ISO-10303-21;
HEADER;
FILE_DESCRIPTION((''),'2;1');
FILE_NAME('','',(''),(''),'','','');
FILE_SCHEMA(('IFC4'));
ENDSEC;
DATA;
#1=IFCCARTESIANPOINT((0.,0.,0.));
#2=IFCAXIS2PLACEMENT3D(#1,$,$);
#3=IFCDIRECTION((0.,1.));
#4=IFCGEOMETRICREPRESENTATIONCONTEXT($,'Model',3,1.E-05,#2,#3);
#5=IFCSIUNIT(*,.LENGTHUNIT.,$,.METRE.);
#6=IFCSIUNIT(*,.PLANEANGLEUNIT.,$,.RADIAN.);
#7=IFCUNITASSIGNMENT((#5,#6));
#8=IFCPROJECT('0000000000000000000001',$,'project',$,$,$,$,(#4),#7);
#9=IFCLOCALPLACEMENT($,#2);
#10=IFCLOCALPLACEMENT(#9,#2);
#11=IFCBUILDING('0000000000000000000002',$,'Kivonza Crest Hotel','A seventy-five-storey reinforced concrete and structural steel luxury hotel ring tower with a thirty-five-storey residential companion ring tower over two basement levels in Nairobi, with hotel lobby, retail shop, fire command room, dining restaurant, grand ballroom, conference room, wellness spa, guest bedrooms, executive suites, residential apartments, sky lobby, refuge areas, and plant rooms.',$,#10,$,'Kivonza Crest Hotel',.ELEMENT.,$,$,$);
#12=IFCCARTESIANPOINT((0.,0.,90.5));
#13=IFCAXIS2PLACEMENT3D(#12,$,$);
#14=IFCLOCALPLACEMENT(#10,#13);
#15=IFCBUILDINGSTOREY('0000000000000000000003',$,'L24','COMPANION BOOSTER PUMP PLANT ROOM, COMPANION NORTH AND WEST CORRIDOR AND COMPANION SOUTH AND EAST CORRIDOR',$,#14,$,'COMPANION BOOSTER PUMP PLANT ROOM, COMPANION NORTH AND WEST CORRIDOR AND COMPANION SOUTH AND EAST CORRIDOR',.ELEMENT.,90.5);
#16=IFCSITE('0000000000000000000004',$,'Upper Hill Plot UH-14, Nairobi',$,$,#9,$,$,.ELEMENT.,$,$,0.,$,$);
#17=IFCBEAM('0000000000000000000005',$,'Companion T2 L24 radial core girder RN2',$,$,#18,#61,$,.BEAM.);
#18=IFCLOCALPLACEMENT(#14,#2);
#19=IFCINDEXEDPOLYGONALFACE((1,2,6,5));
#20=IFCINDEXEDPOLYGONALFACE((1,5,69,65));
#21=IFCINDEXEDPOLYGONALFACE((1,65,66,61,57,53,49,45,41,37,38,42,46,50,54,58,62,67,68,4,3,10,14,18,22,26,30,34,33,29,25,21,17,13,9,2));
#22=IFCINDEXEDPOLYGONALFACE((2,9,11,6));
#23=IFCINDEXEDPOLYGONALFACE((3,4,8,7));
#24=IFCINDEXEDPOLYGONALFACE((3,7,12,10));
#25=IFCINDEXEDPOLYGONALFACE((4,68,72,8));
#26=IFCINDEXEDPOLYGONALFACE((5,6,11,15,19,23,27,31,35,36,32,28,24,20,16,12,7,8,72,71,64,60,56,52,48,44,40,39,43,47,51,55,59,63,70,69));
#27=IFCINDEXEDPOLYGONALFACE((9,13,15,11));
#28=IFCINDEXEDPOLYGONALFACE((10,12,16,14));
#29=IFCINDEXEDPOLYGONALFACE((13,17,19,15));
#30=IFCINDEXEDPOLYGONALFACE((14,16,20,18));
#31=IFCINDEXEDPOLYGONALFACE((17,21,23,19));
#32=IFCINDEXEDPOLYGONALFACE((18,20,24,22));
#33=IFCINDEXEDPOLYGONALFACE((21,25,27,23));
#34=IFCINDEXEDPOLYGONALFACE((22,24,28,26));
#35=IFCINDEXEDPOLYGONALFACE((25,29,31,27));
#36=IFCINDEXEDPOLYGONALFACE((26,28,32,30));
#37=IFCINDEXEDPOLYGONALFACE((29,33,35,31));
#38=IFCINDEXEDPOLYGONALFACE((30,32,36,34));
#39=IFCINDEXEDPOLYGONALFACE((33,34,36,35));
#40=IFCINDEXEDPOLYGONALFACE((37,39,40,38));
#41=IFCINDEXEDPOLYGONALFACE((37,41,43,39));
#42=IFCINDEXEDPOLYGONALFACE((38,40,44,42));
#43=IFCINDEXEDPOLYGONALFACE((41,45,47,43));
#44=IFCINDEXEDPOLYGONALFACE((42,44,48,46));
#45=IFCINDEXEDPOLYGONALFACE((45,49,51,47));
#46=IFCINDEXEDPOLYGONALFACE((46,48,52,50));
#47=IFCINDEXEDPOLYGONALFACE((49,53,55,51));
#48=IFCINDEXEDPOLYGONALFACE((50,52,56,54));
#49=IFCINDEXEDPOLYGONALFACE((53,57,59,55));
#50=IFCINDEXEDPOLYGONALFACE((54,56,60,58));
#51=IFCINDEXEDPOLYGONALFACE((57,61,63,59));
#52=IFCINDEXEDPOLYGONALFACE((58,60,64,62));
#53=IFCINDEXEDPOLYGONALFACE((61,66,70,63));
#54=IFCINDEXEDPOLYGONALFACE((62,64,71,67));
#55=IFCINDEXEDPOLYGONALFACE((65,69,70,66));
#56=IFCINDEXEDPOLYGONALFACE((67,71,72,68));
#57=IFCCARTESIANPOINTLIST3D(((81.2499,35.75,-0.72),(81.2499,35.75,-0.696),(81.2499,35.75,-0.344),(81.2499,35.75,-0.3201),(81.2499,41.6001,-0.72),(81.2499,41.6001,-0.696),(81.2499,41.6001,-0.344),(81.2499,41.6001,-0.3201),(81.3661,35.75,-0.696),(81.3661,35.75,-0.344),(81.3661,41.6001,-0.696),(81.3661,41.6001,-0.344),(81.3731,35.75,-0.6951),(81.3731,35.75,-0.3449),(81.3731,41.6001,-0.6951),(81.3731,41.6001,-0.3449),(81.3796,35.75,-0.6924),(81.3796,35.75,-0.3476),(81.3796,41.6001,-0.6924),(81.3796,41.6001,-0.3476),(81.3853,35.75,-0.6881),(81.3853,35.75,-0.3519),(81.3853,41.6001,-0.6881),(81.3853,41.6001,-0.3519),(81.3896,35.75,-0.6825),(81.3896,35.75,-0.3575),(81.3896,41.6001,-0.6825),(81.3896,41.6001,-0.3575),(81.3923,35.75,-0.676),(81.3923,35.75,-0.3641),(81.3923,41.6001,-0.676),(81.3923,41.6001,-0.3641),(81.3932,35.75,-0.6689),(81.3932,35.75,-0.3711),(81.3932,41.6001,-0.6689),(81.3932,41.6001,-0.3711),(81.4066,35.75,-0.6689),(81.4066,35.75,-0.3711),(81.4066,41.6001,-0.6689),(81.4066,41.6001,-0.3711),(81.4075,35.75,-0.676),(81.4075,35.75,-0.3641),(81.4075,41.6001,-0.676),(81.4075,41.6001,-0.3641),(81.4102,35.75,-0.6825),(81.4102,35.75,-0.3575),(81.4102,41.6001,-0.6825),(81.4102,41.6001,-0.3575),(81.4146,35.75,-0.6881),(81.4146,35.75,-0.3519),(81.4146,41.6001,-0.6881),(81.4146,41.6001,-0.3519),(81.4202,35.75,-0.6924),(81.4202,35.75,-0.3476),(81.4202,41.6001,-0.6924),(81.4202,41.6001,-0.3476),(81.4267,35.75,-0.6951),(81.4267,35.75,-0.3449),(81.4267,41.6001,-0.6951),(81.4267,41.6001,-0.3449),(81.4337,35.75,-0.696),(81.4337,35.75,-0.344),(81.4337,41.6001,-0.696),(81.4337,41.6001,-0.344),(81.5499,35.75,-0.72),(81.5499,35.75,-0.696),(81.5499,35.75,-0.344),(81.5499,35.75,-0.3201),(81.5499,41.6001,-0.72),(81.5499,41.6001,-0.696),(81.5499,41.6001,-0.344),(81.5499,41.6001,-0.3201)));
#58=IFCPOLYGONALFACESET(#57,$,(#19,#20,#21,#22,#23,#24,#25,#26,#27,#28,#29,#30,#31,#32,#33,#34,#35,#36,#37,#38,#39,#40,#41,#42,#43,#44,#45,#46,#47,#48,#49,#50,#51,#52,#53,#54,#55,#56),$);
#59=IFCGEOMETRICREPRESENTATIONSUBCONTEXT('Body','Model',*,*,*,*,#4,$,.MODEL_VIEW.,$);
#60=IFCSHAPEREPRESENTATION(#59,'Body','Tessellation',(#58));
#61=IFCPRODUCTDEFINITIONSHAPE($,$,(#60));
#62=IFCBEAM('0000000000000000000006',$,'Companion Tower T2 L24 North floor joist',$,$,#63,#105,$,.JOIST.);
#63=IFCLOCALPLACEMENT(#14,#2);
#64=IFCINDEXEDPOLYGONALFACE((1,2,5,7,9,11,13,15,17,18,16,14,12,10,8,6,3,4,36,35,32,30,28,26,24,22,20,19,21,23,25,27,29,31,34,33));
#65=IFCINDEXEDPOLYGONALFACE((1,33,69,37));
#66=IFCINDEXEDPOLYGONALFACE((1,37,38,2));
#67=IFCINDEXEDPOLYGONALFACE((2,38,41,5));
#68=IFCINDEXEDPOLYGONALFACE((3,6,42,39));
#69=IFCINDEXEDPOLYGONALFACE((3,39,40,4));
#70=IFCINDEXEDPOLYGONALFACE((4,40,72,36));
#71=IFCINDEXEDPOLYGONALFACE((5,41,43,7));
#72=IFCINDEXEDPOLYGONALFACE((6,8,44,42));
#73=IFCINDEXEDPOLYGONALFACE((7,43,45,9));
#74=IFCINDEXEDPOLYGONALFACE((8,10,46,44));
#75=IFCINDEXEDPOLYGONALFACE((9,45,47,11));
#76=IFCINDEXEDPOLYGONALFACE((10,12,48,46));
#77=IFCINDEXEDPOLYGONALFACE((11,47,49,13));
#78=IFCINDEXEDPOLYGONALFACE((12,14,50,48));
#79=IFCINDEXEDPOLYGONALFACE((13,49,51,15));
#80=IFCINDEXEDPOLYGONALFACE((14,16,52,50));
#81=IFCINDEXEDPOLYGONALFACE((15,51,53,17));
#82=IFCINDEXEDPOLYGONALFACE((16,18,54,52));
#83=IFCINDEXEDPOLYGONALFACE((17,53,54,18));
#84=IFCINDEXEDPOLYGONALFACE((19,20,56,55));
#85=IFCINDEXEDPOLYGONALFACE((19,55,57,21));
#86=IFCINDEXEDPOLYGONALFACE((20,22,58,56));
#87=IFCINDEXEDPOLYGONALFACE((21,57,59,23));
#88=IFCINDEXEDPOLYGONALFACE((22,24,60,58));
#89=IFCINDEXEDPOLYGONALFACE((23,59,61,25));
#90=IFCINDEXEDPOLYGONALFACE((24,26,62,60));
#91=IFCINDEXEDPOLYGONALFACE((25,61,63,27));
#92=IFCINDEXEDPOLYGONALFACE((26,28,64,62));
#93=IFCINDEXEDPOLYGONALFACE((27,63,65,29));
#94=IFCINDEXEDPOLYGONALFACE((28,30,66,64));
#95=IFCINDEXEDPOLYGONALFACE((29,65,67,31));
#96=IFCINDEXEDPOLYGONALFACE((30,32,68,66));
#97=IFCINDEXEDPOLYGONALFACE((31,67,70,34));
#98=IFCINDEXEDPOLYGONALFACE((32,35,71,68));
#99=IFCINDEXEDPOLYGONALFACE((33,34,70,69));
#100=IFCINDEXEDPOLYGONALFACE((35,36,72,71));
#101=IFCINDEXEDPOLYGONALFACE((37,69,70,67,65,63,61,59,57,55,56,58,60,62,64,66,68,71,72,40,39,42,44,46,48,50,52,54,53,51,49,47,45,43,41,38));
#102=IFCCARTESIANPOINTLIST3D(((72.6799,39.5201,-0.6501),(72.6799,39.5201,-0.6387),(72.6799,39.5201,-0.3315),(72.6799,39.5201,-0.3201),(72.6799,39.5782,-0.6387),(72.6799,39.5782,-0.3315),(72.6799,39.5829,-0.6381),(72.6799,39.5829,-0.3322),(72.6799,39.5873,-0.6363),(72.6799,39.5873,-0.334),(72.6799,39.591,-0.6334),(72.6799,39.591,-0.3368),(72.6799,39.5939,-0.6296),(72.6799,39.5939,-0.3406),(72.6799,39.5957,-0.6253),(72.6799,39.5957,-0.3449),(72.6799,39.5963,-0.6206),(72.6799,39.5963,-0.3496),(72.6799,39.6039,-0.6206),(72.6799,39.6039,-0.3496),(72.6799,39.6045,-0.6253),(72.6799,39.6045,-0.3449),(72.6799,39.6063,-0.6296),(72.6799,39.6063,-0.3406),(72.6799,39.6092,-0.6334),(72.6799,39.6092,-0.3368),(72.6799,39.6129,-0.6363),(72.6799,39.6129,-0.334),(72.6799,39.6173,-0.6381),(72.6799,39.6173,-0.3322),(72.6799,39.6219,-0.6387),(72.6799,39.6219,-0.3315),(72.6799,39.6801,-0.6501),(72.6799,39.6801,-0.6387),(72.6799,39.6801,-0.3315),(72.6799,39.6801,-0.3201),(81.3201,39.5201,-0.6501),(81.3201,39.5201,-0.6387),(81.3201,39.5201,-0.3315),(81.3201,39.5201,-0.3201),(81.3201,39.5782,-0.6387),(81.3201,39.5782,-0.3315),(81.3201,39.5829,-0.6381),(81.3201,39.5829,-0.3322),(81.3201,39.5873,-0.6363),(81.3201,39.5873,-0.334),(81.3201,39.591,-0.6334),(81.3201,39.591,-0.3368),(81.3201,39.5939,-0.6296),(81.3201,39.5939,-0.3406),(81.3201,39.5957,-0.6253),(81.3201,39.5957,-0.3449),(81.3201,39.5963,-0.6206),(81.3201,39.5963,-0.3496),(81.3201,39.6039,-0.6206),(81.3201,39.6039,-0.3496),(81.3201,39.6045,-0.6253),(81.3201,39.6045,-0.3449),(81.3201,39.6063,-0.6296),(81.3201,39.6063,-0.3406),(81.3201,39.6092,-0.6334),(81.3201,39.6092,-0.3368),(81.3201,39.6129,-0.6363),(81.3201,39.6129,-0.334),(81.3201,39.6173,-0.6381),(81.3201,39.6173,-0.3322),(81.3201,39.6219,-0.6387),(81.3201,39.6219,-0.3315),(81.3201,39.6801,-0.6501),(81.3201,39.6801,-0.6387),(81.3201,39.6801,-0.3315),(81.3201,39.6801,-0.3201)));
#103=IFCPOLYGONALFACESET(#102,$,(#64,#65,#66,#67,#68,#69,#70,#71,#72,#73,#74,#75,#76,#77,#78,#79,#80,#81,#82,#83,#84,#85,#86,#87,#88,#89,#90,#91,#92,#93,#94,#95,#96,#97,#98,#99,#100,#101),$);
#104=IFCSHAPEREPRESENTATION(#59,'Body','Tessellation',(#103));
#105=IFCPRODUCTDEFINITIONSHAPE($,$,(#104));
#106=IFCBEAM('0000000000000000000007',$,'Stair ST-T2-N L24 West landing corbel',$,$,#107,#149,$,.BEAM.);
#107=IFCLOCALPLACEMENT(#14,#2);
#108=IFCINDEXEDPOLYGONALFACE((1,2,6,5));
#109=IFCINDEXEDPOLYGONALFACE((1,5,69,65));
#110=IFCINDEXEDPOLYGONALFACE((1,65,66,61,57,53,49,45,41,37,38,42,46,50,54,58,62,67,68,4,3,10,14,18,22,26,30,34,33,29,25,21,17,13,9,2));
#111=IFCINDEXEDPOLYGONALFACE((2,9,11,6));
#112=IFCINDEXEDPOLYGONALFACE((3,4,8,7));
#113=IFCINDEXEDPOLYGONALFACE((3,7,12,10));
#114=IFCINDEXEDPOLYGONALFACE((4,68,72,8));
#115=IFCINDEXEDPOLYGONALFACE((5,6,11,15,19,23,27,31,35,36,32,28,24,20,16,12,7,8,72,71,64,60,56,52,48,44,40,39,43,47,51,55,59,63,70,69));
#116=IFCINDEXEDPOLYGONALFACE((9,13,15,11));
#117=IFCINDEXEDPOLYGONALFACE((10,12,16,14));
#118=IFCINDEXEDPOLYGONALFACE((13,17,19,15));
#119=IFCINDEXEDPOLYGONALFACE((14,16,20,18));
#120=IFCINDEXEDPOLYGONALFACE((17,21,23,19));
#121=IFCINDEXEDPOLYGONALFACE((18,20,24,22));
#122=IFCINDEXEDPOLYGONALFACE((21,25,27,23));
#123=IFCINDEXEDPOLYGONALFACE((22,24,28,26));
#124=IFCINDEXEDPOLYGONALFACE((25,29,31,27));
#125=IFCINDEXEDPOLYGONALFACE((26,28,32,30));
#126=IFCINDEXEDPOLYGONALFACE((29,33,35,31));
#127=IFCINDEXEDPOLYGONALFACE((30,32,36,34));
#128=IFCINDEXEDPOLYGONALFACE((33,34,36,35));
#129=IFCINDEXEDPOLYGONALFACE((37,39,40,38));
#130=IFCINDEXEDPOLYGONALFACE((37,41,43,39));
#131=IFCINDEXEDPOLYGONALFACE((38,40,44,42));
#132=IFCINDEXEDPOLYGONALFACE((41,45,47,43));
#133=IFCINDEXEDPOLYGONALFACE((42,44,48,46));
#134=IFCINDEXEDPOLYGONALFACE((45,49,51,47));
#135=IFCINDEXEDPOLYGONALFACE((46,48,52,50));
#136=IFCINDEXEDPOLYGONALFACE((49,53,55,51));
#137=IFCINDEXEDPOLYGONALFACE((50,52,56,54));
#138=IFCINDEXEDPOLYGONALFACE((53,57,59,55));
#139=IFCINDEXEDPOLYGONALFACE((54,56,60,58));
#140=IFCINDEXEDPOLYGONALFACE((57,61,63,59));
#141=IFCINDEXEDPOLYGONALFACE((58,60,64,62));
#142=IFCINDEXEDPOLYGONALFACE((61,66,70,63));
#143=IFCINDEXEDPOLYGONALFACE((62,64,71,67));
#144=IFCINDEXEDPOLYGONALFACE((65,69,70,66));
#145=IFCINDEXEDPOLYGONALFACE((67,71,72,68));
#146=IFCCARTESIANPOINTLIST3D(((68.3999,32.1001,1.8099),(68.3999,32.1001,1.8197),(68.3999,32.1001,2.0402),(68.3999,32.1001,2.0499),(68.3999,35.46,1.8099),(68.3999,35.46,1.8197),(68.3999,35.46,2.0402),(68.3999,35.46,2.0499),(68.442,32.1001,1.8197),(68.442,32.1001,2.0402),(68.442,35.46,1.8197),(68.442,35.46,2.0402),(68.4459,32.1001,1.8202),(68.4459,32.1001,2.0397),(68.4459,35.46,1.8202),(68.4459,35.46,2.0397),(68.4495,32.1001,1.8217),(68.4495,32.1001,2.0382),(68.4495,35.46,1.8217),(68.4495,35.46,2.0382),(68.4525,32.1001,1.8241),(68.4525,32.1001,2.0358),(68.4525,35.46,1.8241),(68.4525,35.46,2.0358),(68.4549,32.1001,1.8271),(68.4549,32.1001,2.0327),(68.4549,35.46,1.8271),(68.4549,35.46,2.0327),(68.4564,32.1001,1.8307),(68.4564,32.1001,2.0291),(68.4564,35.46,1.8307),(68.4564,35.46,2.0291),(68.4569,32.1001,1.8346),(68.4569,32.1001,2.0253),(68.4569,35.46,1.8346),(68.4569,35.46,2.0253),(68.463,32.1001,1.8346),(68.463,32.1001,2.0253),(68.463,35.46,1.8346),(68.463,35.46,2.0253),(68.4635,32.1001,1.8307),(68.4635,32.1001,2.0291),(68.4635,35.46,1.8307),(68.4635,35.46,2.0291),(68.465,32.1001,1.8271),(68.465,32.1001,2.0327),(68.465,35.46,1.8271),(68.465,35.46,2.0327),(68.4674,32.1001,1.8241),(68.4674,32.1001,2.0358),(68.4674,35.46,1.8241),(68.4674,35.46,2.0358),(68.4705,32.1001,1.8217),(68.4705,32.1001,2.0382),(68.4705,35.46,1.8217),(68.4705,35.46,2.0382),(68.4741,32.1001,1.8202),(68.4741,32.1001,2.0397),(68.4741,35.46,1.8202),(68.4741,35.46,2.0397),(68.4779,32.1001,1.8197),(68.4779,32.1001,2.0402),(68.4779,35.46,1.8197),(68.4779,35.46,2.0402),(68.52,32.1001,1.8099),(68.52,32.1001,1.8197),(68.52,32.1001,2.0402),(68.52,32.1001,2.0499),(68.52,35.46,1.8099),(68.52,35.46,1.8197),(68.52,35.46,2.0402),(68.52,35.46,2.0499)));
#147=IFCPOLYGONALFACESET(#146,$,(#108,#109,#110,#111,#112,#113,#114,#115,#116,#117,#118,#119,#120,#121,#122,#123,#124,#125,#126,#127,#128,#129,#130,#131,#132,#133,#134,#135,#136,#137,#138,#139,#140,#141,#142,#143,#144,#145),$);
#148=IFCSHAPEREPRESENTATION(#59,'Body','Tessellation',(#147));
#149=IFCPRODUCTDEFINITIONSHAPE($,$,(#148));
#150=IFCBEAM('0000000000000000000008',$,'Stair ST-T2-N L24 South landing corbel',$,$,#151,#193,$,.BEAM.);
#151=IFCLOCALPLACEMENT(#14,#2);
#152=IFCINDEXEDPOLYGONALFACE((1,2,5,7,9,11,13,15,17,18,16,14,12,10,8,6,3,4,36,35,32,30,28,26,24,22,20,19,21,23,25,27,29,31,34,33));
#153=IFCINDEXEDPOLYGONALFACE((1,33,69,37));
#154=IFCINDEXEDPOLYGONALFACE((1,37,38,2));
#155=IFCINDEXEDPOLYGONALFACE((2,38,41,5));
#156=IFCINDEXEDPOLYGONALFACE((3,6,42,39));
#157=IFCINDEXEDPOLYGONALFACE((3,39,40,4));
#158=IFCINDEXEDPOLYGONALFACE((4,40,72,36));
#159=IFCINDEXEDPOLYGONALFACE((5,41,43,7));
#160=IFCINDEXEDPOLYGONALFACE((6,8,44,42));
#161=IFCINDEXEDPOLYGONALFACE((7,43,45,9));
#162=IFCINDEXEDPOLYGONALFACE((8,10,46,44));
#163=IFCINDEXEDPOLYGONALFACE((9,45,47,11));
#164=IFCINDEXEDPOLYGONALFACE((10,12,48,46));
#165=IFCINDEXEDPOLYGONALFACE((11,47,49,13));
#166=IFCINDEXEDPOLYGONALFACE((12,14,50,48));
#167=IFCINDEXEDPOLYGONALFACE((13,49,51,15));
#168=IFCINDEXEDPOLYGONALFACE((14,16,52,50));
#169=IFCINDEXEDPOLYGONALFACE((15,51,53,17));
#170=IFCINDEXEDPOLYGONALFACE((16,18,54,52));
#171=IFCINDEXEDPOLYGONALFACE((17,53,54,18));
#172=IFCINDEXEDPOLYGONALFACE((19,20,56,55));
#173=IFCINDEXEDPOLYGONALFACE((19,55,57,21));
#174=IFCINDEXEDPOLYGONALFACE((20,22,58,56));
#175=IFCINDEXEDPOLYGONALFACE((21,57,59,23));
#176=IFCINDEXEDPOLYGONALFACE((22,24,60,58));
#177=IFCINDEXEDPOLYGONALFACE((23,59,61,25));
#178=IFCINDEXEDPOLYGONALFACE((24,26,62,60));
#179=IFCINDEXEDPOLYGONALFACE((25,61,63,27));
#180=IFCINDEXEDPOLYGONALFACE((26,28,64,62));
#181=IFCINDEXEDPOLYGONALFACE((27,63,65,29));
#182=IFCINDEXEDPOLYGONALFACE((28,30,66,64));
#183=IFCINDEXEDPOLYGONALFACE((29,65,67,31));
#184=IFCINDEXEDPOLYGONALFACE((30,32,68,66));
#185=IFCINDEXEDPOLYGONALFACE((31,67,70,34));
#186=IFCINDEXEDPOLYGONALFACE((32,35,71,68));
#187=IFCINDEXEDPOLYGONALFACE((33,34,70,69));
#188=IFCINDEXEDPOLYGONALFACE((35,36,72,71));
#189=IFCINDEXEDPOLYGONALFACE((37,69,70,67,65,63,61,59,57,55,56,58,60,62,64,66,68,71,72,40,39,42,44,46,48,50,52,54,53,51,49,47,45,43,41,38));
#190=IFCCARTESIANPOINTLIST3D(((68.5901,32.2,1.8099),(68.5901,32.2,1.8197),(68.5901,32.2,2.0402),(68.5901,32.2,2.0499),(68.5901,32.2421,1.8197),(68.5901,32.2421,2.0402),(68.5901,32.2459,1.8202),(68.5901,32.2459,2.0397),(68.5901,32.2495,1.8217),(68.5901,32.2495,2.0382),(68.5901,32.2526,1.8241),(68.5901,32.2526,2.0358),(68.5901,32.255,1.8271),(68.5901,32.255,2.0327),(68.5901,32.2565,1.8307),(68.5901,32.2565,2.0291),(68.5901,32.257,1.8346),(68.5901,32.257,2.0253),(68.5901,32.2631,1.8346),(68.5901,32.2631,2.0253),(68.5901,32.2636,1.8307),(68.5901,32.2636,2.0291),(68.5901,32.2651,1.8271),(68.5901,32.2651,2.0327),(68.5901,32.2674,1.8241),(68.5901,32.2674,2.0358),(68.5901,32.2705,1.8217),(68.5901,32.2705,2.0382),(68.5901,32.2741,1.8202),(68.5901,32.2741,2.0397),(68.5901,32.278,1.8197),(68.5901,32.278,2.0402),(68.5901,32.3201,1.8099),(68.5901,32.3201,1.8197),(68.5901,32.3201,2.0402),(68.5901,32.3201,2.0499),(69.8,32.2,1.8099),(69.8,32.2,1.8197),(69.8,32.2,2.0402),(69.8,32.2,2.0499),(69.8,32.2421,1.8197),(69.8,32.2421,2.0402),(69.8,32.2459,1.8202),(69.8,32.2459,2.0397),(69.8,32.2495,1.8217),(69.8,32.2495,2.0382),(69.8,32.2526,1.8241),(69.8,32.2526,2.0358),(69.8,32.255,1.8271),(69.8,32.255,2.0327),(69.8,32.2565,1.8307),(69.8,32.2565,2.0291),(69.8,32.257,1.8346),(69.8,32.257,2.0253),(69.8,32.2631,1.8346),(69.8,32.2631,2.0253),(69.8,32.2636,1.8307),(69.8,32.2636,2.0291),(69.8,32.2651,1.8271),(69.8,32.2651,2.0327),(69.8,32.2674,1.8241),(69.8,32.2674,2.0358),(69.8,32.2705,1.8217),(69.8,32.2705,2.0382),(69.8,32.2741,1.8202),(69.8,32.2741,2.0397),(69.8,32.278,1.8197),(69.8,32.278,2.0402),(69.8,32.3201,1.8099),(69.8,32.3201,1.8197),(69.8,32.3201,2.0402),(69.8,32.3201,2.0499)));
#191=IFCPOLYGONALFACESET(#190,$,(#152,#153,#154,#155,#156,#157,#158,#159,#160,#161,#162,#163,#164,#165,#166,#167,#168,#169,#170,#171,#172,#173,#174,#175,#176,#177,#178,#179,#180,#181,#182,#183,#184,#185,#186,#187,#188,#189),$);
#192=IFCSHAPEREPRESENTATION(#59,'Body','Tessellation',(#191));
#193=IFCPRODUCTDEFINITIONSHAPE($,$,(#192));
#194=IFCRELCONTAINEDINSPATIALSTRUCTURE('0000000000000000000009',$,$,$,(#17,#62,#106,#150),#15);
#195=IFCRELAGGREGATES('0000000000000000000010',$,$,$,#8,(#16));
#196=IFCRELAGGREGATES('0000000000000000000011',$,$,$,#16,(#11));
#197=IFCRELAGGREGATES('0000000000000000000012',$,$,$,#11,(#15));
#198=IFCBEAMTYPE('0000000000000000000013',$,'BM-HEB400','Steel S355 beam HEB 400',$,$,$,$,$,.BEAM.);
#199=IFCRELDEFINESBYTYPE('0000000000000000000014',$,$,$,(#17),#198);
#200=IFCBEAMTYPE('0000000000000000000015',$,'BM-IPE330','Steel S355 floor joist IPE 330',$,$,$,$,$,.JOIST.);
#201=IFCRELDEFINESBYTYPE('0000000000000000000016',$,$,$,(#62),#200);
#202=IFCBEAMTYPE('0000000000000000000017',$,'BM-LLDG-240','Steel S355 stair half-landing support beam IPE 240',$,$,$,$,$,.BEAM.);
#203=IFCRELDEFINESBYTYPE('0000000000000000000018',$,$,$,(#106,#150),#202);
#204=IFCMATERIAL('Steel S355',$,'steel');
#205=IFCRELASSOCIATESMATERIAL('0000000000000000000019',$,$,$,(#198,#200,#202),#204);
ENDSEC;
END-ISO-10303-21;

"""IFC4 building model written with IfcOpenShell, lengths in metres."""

from ifc_helpers import new_model, si_unit, direction, frame, origin, origin_2d, place, context, subcontext, project, spatial, i_section, extrude, material, material_profile, profile_set, type_object, element, save


model = new_model("IFC4")

# Units and contexts
model_context = context("Model", 3, precision=1e-05, world=origin(), true_north=direction((0.0, 1.0)))
body_context = subcontext(model_context, "Body", "Model", "MODEL_VIEW")
ifc_project = project(units=[si_unit("LENGTHUNIT", "METRE"), si_unit("PLANEANGLEUNIT", "RADIAN")], contexts=[model_context])

# Site, building, storey
site_placement = place(None, origin())
site = spatial("IfcSite", under=ifc_project, at=site_placement, Name="Upper Hill Plot UH-14, Nairobi", CompositionType="ELEMENT", RefElevation=0.0)
building_placement = place(site_placement, origin())
building = spatial("IfcBuilding", under=site, at=building_placement, Name="Kivonza Crest Hotel", Description="A seventy-five-storey reinforced concrete and structural steel luxury hotel ring tower with a thirty-five-storey residential companion ring tower over two basement levels in Nairobi, with hotel lobby, retail shop, fire command room, dining restaurant, grand ballroom, conference room, wellness spa, guest bedrooms, executive suites, residential apartments, sky lobby, refuge areas, and plant rooms.", LongName="Kivonza Crest Hotel", CompositionType="ELEMENT")
storey_placement = place(building_placement, frame((0.0, 0.0, 90.5)))
storey = spatial("IfcBuildingStorey", under=building, at=storey_placement, Name="L24", Description="COMPANION BOOSTER PUMP PLANT ROOM, COMPANION NORTH AND WEST CORRIDOR AND COMPANION SOUTH AND EAST CORRIDOR", LongName="COMPANION BOOSTER PUMP PLANT ROOM, COMPANION NORTH AND WEST CORRIDOR AND COMPANION SOUTH AND EAST CORRIDOR", CompositionType="ELEMENT", Elevation=90.5)

# Beams
ifc_material_1 = material(Name="Steel S355", Category="steel")
ifc_material_profile_1 = material_profile(ifc_material_1, i_section(OverallWidth=0.3, OverallDepth=0.3999, WebThickness=0.0134, FlangeThickness=0.0239, FilletRadius=0.0271, at=origin_2d()), Name="HEB 400")
ifc_profile_set_1 = profile_set([ifc_material_profile_1], Name="Steel S355")
beam_type_1 = type_object("IfcBeamType", Name="BM-HEB400", Description="Steel S355 beam HEB 400", PredefinedType="BEAM", material=ifc_profile_set_1)
for number, where, z_axis, x_axis, name in (
    (1, (81.3999, 41.6001, -0.52), (0.0, -1.0, 0.0), (1.0, 0.0, 0.0), "Companion T2 L24 radial core girder RN2"),
):
    element("IfcBeam", number, at=place(storey_placement, frame(where, z_axis=z_axis, x_axis=x_axis)), inside=storey, type_object=beam_type_1, Name=name, PredefinedType="BEAM", context=body_context, shape_type="SweptSolid", body=[
        extrude(i_section(OverallWidth=0.3, OverallDepth=0.3999, WebThickness=0.0134, FlangeThickness=0.0239, FilletRadius=0.0271, at=origin_2d()), origin(), (0.0, 0.0, 1.0), 5.8501),
    ])
ifc_material_profile_2 = material_profile(ifc_material_1, i_section(OverallWidth=0.1599, OverallDepth=0.3301, WebThickness=0.0076, FlangeThickness=0.0115, FilletRadius=0.0181, at=origin_2d()), Name="IPE 330")
ifc_profile_set_2 = profile_set([ifc_material_profile_2], Name="Steel S355")
beam_type_2 = type_object("IfcBeamType", Name="BM-IPE330", Description="Steel S355 floor joist IPE 330", PredefinedType="JOIST", material=ifc_profile_set_2)
beam_1_placement = place(storey_placement, frame((72.6799, 39.6001, -0.4851), z_axis=(1.0, 0.0, 0.0), x_axis=(0.0, 1.0, 0.0)))
element("IfcBeam", 2, at=beam_1_placement, inside=storey, type_object=beam_type_2, Name="Companion Tower T2 L24 North floor joist", PredefinedType="JOIST", context=body_context, shape_type="SweptSolid", body=[
    extrude(i_section(OverallWidth=0.1599, OverallDepth=0.3301, WebThickness=0.0076, FlangeThickness=0.0115, FilletRadius=0.0181, at=origin_2d()), origin(), (0.0, 0.0, 1.0), 8.6401),
])
ifc_material_profile_3 = material_profile(ifc_material_1, i_section(OverallWidth=0.1201, OverallDepth=0.24, WebThickness=0.0061, FlangeThickness=0.0098, FilletRadius=0.0149, at=origin_2d()), Name="IPE 240")
ifc_profile_set_3 = profile_set([ifc_material_profile_3], Name="Steel S355")
beam_type_3 = type_object("IfcBeamType", Name="BM-LLDG-240", Description="Steel S355 stair half-landing support beam IPE 240", PredefinedType="BEAM", material=ifc_profile_set_3)
beam_2_placement = place(storey_placement, frame((68.46, 32.1001, 1.9299), z_axis=(0.0, 1.0, 0.0), x_axis=(-1.0, 0.0, 0.0)))
element("IfcBeam", 3, at=beam_2_placement, inside=storey, type_object=beam_type_3, Name="Stair ST-T2-N L24 West landing corbel", PredefinedType="BEAM", context=body_context, shape_type="SweptSolid", body=[
    extrude(i_section(OverallWidth=0.1201, OverallDepth=0.24, WebThickness=0.0061, FlangeThickness=0.0098, FilletRadius=0.0149, at=origin_2d()), origin(), (0.0, 0.0, 1.0), 3.3599),
])
for number, where, z_axis, x_axis, name in (
    (4, (68.5901, 32.26, 1.9299), (1.0, 0.0, 0.0), (0.0, 1.0, 0.0), "Stair ST-T2-N L24 South landing corbel"),
):
    element("IfcBeam", number, at=place(storey_placement, frame(where, z_axis=z_axis, x_axis=x_axis)), inside=storey, type_object=beam_type_3, Name=name, PredefinedType="BEAM", context=body_context, shape_type="SweptSolid", body=[
        extrude(i_section(OverallWidth=0.1201, OverallDepth=0.24, WebThickness=0.0061, FlangeThickness=0.0098, FilletRadius=0.0149, at=origin_2d()), origin(), (0.0, 0.0, 1.0), 1.21),
    ])

save(model, "model.ifc")
